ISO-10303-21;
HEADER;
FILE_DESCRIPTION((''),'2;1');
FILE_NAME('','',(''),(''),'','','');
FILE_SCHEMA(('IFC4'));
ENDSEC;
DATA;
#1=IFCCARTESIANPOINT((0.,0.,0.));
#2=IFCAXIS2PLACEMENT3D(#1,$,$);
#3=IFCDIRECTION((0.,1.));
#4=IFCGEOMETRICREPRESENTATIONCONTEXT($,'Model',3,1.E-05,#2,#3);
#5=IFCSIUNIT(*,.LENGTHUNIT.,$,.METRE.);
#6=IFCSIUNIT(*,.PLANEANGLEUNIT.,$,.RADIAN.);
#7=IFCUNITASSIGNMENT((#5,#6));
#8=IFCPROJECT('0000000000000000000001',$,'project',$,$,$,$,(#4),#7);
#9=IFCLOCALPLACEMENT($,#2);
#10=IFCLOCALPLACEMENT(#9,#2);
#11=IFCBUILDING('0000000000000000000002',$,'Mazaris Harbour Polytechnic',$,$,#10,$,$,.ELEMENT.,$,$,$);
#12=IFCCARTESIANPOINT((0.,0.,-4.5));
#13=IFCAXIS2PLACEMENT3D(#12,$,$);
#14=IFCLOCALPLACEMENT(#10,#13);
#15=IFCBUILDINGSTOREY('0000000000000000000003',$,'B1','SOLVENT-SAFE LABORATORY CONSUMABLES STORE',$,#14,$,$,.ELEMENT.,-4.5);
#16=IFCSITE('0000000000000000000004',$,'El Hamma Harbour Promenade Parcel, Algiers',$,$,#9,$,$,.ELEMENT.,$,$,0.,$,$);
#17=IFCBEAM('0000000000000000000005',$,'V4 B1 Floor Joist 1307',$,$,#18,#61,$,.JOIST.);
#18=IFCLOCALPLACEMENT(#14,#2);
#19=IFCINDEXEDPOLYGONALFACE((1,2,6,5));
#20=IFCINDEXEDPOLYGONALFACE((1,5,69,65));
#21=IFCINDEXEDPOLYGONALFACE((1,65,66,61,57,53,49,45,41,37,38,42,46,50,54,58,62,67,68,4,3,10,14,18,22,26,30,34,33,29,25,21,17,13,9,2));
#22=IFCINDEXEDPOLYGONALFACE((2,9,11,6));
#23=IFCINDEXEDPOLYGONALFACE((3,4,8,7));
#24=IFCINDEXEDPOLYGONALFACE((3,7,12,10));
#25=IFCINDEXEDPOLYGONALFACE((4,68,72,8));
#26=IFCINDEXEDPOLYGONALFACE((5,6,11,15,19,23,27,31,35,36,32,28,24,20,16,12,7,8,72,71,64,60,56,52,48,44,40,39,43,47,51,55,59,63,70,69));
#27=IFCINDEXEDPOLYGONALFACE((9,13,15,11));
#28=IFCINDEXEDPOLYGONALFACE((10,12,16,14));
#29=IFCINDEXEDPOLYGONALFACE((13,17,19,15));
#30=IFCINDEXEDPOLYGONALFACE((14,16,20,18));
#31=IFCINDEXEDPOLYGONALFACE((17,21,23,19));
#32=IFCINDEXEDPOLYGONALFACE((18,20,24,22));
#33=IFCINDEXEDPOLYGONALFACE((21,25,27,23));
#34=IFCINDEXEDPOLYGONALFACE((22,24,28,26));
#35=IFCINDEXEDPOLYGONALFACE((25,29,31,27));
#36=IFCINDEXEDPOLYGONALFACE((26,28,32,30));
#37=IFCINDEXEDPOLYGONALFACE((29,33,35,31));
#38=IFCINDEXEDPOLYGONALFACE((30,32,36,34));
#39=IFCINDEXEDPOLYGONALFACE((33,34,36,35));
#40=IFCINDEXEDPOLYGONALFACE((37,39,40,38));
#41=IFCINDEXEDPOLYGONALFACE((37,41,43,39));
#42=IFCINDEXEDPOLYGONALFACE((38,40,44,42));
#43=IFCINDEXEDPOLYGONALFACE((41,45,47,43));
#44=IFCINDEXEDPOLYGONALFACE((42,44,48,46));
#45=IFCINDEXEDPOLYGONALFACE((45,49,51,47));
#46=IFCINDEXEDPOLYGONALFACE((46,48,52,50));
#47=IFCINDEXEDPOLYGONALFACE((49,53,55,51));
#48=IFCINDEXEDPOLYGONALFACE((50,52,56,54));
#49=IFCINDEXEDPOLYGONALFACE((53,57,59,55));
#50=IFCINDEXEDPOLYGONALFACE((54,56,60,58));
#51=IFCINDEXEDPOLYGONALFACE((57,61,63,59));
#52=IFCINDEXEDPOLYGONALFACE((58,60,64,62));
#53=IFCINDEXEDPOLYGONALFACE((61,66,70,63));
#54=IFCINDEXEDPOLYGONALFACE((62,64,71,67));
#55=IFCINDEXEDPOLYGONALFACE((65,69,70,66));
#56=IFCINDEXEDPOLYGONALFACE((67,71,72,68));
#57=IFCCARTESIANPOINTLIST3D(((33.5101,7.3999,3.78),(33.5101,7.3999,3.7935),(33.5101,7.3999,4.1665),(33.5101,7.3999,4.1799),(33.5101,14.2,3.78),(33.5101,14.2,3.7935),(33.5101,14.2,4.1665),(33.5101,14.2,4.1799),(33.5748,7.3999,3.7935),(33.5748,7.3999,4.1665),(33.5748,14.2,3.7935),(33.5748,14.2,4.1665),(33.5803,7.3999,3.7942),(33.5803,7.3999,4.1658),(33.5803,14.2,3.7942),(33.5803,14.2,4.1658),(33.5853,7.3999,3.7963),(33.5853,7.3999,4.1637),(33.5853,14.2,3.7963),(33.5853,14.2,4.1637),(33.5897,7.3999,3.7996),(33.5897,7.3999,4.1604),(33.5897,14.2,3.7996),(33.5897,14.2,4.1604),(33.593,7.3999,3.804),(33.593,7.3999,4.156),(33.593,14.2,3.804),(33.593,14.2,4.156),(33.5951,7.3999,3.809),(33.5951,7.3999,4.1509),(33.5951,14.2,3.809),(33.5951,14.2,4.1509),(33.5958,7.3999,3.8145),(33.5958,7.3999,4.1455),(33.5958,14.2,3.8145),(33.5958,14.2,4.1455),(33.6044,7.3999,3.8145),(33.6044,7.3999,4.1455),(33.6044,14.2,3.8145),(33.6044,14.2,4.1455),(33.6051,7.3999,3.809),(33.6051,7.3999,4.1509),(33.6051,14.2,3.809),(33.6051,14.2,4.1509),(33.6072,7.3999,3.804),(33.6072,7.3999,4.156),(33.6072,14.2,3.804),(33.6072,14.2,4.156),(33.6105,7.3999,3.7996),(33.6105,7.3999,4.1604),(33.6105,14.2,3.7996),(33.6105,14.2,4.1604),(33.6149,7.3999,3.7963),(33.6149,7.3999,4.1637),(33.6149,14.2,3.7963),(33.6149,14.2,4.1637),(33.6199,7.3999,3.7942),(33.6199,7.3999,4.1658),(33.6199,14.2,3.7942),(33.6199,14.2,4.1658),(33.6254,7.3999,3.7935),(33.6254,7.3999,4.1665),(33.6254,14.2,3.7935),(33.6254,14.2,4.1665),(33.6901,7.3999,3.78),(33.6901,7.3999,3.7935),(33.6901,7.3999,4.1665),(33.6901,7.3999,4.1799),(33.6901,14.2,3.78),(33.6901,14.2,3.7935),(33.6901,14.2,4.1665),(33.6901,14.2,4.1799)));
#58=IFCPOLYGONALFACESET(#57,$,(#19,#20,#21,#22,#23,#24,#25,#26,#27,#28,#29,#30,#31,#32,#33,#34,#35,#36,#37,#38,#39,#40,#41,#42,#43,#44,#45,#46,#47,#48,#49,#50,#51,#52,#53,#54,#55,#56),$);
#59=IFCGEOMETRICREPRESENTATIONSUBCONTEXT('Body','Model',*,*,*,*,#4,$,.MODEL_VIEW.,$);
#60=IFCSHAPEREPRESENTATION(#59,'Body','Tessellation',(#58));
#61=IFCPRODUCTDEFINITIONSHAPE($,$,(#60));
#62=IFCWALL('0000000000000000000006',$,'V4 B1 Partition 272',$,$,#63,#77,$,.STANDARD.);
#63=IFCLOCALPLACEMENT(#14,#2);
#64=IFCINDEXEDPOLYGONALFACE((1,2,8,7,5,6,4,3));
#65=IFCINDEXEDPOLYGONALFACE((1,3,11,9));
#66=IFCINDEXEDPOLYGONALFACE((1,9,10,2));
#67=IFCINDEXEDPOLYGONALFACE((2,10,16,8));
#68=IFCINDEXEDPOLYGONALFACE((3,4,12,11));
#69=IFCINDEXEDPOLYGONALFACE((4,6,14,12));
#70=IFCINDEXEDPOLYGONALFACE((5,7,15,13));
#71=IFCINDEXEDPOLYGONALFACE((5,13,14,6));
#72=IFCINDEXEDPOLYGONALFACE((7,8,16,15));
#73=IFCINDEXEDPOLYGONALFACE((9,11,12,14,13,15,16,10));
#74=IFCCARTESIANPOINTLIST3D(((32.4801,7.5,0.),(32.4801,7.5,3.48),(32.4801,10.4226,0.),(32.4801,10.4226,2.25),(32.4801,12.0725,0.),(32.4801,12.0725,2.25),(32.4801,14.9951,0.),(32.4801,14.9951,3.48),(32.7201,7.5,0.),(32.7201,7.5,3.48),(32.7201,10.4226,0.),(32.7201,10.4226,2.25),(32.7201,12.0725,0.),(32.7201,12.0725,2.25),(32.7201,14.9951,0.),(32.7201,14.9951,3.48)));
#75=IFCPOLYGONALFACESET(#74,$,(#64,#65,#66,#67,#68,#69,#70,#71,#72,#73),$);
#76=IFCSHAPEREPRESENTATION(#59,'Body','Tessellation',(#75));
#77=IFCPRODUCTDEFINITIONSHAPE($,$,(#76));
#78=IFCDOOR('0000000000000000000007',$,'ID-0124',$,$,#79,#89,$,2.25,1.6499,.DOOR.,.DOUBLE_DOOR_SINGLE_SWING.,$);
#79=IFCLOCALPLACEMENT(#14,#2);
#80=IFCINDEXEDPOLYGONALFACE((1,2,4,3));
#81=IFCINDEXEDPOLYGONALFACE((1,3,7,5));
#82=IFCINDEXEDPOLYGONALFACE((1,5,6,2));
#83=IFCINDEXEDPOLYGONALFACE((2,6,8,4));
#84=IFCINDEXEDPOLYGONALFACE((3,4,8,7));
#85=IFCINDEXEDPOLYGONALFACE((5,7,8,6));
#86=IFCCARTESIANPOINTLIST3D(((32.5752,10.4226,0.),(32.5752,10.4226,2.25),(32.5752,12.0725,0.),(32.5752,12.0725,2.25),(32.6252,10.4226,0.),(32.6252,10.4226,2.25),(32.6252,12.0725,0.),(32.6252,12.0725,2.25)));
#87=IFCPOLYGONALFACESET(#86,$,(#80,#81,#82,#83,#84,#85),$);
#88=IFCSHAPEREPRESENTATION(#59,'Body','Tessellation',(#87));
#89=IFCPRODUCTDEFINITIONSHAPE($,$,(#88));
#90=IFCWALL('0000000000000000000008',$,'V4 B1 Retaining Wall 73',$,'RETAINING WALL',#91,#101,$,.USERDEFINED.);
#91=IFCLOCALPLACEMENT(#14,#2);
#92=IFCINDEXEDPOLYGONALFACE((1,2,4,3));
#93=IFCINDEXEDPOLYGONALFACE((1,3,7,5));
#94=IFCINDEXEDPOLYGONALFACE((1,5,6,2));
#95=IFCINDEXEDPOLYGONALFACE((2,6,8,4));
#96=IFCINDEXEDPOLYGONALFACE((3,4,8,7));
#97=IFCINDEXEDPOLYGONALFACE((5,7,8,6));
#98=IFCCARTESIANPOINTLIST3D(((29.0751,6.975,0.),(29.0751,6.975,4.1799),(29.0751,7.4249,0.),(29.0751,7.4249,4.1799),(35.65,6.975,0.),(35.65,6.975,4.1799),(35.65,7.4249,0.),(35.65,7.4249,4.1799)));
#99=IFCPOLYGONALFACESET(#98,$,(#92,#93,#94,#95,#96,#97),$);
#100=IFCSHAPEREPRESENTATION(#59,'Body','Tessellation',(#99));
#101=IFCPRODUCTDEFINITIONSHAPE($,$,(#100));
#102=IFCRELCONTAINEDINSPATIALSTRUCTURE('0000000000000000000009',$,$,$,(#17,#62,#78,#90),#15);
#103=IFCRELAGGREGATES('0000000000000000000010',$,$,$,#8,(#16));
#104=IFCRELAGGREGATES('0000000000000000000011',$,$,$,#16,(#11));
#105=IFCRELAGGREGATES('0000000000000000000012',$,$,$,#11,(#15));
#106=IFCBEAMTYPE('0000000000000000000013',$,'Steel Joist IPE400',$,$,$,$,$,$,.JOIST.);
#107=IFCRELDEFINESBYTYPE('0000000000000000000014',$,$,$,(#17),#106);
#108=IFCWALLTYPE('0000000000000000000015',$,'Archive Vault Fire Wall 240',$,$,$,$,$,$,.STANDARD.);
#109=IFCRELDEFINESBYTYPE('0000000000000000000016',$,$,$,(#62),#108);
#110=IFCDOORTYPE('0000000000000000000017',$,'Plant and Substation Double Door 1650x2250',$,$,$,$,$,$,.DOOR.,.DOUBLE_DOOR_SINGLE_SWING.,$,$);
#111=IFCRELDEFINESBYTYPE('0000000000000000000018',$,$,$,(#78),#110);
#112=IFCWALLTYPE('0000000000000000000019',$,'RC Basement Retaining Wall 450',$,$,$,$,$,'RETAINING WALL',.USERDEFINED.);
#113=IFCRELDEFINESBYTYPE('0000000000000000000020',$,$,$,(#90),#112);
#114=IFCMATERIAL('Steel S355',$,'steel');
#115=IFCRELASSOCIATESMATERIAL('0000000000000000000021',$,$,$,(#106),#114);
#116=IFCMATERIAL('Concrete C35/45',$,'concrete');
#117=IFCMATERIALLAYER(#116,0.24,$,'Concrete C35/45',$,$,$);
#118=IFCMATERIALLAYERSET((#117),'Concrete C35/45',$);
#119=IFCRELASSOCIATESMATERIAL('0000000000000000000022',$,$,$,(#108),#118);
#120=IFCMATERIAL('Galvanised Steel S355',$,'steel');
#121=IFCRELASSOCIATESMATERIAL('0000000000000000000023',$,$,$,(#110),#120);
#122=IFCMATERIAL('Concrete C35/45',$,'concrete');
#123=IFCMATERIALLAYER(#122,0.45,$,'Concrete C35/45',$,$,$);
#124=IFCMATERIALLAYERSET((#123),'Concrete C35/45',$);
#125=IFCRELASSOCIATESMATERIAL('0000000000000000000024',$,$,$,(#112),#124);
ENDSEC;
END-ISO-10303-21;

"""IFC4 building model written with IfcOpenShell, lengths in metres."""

from ifc_helpers import new_model, si_unit, direction, frame, frame_2d, origin, origin_2d, place, context, subcontext, project, spatial, rectangle, i_section, extrude, material, layer, layer_set, material_profile, profile_set, type_object, element, fill, save


model = new_model("IFC4")

# Units and contexts
model_context = context("Model", 3, precision=1e-05, world=origin(), true_north=direction((0.0, 1.0)))
body_context = subcontext(model_context, "Body", "Model", "MODEL_VIEW")
ifc_project = project(units=[si_unit("LENGTHUNIT", "METRE"), si_unit("PLANEANGLEUNIT", "RADIAN")], contexts=[model_context])

# Site, building, storey
site_placement = place(None, origin())
site = spatial("IfcSite", under=ifc_project, at=site_placement, Name="El Hamma Harbour Promenade Parcel, Algiers", CompositionType="ELEMENT", RefElevation=0.0)
building_placement = place(site_placement, origin())
building = spatial("IfcBuilding", under=site, at=building_placement, Name="Mazaris Harbour Polytechnic", CompositionType="ELEMENT")
storey_placement = place(building_placement, frame((0.0, 0.0, -4.5)))
storey = spatial("IfcBuildingStorey", under=building, at=storey_placement, Name="B1", Description="SOLVENT-SAFE LABORATORY CONSUMABLES STORE", CompositionType="ELEMENT", Elevation=-4.5)

# Beam
ifc_material_1 = material(Name="Steel S355", Category="steel")
ifc_material_profile_1 = material_profile(ifc_material_1, i_section(OverallWidth=0.1799, OverallDepth=0.3999, WebThickness=0.0085, FlangeThickness=0.0134, FilletRadius=0.021, at=origin_2d()), Name="IPE 400")
ifc_profile_set_1 = profile_set([ifc_material_profile_1], Name="Steel S355")
beam_type_1 = type_object("IfcBeamType", Name="Steel Joist IPE400", PredefinedType="JOIST", material=ifc_profile_set_1)
beam_1_placement = place(storey_placement, frame((33.6001, 7.3999, 3.98), z_axis=(0.0, 1.0, 0.0), x_axis=(-1.0, 0.0, 0.0)))
element("IfcBeam", 1, at=beam_1_placement, inside=storey, type_object=beam_type_1, Name="V4 B1 Floor Joist 1307", PredefinedType="JOIST", context=body_context, shape_type="SweptSolid", body=[
    extrude(i_section(OverallWidth=0.1799, OverallDepth=0.3999, WebThickness=0.0085, FlangeThickness=0.0134, FilletRadius=0.021, at=origin_2d()), origin(), (0.0, 0.0, 1.0), 6.8),
])

# Wall, opening, door
ifc_material_2 = material(Name="Concrete C35/45", Category="concrete")
ifc_layer_1 = layer(ifc_material_2, 0.24, Name="Concrete C35/45")
ifc_layer_set_1 = layer_set([ifc_layer_1], Name="Concrete C35/45")
wall_type_1 = type_object("IfcWallType", Name="Archive Vault Fire Wall 240", PredefinedType="STANDARD", material=ifc_layer_set_1)
wall_1_placement = place(storey_placement, frame((32.6001, 7.5, 0.0), z_axis=(0.0, 0.0, 1.0), x_axis=(0.0, 1.0, 0.0)))
wall_1 = element("IfcWall", 2, at=wall_1_placement, inside=storey, type_object=wall_type_1, Name="V4 B1 Partition 272", PredefinedType="STANDARD", context=body_context, shape_type="SweptSolid", body=[
    extrude(rectangle(XDim=7.4951, YDim=0.24, at=frame_2d((3.7476, 0.0))), origin(), (0.0, 0.0, 1.0), 3.48),
])
opening_placement = place(wall_1_placement, frame((2.9226, 0.0, 0.0)))
opening = element("IfcOpeningElement", 3, at=opening_placement, cuts=wall_1, PredefinedType="OPENING", context=body_context, shape_type="SweptSolid", body=[
    extrude(rectangle(XDim=1.6499, YDim=2.25, at=frame_2d((0.825, 1.125))), frame((0.0, 0.1299, 0.0), z_axis=(0.0, -1.0, 0.0), x_axis=(1.0, 0.0, 0.0)), (0.0, 0.0, 1.0), 0.26),
])
ifc_material_3 = material(Name="Galvanised Steel S355", Category="steel")
door_type = type_object("IfcDoorType", Name="Plant and Substation Double Door 1650x2250", OperationType="DOUBLE_DOOR_SINGLE_SWING", PredefinedType="DOOR", material=ifc_material_3)
door_placement = place(opening_placement, origin())
door = element("IfcDoor", 4, at=door_placement, inside=storey, type_object=door_type, Name="ID-0124", OperationType="DOUBLE_DOOR_SINGLE_SWING", OverallHeight=2.25, OverallWidth=1.6499, PredefinedType="DOOR", context=body_context, shape_type="SweptSolid", body=[
    extrude(rectangle(XDim=1.6499, YDim=2.25, at=frame_2d((0.825, 1.125))), frame((0.0, 0.0249, 0.0), z_axis=(0.0, -1.0, 0.0), x_axis=(1.0, 0.0, 0.0)), (0.0, 0.0, 1.0), 0.05),
])
fill(opening, door)

# Wall
ifc_material_4 = material(Name="Concrete C35/45", Category="concrete")
ifc_layer_2 = layer(ifc_material_4, 0.45, Name="Concrete C35/45")
ifc_layer_set_2 = layer_set([ifc_layer_2], Name="Concrete C35/45")
wall_type_2 = type_object("IfcWallType", Name="RC Basement Retaining Wall 450", ElementType="RETAINING WALL", PredefinedType="USERDEFINED", material=ifc_layer_set_2)
wall_2_placement = place(storey_placement, frame((29.075, 7.2, 0.0), z_axis=(0.0, 0.0, 1.0), x_axis=(1.0, 0.0, 0.0)))
element("IfcWall", 5, at=wall_2_placement, inside=storey, type_object=wall_type_2, Name="V4 B1 Retaining Wall 73", ObjectType="RETAINING WALL", PredefinedType="USERDEFINED", context=body_context, shape_type="SweptSolid", body=[
    extrude(rectangle(XDim=6.575, YDim=0.45, at=frame_2d((3.2876, 0.0))), origin(), (0.0, 0.0, 1.0), 4.1799),
])

save(model, "model.ifc")
